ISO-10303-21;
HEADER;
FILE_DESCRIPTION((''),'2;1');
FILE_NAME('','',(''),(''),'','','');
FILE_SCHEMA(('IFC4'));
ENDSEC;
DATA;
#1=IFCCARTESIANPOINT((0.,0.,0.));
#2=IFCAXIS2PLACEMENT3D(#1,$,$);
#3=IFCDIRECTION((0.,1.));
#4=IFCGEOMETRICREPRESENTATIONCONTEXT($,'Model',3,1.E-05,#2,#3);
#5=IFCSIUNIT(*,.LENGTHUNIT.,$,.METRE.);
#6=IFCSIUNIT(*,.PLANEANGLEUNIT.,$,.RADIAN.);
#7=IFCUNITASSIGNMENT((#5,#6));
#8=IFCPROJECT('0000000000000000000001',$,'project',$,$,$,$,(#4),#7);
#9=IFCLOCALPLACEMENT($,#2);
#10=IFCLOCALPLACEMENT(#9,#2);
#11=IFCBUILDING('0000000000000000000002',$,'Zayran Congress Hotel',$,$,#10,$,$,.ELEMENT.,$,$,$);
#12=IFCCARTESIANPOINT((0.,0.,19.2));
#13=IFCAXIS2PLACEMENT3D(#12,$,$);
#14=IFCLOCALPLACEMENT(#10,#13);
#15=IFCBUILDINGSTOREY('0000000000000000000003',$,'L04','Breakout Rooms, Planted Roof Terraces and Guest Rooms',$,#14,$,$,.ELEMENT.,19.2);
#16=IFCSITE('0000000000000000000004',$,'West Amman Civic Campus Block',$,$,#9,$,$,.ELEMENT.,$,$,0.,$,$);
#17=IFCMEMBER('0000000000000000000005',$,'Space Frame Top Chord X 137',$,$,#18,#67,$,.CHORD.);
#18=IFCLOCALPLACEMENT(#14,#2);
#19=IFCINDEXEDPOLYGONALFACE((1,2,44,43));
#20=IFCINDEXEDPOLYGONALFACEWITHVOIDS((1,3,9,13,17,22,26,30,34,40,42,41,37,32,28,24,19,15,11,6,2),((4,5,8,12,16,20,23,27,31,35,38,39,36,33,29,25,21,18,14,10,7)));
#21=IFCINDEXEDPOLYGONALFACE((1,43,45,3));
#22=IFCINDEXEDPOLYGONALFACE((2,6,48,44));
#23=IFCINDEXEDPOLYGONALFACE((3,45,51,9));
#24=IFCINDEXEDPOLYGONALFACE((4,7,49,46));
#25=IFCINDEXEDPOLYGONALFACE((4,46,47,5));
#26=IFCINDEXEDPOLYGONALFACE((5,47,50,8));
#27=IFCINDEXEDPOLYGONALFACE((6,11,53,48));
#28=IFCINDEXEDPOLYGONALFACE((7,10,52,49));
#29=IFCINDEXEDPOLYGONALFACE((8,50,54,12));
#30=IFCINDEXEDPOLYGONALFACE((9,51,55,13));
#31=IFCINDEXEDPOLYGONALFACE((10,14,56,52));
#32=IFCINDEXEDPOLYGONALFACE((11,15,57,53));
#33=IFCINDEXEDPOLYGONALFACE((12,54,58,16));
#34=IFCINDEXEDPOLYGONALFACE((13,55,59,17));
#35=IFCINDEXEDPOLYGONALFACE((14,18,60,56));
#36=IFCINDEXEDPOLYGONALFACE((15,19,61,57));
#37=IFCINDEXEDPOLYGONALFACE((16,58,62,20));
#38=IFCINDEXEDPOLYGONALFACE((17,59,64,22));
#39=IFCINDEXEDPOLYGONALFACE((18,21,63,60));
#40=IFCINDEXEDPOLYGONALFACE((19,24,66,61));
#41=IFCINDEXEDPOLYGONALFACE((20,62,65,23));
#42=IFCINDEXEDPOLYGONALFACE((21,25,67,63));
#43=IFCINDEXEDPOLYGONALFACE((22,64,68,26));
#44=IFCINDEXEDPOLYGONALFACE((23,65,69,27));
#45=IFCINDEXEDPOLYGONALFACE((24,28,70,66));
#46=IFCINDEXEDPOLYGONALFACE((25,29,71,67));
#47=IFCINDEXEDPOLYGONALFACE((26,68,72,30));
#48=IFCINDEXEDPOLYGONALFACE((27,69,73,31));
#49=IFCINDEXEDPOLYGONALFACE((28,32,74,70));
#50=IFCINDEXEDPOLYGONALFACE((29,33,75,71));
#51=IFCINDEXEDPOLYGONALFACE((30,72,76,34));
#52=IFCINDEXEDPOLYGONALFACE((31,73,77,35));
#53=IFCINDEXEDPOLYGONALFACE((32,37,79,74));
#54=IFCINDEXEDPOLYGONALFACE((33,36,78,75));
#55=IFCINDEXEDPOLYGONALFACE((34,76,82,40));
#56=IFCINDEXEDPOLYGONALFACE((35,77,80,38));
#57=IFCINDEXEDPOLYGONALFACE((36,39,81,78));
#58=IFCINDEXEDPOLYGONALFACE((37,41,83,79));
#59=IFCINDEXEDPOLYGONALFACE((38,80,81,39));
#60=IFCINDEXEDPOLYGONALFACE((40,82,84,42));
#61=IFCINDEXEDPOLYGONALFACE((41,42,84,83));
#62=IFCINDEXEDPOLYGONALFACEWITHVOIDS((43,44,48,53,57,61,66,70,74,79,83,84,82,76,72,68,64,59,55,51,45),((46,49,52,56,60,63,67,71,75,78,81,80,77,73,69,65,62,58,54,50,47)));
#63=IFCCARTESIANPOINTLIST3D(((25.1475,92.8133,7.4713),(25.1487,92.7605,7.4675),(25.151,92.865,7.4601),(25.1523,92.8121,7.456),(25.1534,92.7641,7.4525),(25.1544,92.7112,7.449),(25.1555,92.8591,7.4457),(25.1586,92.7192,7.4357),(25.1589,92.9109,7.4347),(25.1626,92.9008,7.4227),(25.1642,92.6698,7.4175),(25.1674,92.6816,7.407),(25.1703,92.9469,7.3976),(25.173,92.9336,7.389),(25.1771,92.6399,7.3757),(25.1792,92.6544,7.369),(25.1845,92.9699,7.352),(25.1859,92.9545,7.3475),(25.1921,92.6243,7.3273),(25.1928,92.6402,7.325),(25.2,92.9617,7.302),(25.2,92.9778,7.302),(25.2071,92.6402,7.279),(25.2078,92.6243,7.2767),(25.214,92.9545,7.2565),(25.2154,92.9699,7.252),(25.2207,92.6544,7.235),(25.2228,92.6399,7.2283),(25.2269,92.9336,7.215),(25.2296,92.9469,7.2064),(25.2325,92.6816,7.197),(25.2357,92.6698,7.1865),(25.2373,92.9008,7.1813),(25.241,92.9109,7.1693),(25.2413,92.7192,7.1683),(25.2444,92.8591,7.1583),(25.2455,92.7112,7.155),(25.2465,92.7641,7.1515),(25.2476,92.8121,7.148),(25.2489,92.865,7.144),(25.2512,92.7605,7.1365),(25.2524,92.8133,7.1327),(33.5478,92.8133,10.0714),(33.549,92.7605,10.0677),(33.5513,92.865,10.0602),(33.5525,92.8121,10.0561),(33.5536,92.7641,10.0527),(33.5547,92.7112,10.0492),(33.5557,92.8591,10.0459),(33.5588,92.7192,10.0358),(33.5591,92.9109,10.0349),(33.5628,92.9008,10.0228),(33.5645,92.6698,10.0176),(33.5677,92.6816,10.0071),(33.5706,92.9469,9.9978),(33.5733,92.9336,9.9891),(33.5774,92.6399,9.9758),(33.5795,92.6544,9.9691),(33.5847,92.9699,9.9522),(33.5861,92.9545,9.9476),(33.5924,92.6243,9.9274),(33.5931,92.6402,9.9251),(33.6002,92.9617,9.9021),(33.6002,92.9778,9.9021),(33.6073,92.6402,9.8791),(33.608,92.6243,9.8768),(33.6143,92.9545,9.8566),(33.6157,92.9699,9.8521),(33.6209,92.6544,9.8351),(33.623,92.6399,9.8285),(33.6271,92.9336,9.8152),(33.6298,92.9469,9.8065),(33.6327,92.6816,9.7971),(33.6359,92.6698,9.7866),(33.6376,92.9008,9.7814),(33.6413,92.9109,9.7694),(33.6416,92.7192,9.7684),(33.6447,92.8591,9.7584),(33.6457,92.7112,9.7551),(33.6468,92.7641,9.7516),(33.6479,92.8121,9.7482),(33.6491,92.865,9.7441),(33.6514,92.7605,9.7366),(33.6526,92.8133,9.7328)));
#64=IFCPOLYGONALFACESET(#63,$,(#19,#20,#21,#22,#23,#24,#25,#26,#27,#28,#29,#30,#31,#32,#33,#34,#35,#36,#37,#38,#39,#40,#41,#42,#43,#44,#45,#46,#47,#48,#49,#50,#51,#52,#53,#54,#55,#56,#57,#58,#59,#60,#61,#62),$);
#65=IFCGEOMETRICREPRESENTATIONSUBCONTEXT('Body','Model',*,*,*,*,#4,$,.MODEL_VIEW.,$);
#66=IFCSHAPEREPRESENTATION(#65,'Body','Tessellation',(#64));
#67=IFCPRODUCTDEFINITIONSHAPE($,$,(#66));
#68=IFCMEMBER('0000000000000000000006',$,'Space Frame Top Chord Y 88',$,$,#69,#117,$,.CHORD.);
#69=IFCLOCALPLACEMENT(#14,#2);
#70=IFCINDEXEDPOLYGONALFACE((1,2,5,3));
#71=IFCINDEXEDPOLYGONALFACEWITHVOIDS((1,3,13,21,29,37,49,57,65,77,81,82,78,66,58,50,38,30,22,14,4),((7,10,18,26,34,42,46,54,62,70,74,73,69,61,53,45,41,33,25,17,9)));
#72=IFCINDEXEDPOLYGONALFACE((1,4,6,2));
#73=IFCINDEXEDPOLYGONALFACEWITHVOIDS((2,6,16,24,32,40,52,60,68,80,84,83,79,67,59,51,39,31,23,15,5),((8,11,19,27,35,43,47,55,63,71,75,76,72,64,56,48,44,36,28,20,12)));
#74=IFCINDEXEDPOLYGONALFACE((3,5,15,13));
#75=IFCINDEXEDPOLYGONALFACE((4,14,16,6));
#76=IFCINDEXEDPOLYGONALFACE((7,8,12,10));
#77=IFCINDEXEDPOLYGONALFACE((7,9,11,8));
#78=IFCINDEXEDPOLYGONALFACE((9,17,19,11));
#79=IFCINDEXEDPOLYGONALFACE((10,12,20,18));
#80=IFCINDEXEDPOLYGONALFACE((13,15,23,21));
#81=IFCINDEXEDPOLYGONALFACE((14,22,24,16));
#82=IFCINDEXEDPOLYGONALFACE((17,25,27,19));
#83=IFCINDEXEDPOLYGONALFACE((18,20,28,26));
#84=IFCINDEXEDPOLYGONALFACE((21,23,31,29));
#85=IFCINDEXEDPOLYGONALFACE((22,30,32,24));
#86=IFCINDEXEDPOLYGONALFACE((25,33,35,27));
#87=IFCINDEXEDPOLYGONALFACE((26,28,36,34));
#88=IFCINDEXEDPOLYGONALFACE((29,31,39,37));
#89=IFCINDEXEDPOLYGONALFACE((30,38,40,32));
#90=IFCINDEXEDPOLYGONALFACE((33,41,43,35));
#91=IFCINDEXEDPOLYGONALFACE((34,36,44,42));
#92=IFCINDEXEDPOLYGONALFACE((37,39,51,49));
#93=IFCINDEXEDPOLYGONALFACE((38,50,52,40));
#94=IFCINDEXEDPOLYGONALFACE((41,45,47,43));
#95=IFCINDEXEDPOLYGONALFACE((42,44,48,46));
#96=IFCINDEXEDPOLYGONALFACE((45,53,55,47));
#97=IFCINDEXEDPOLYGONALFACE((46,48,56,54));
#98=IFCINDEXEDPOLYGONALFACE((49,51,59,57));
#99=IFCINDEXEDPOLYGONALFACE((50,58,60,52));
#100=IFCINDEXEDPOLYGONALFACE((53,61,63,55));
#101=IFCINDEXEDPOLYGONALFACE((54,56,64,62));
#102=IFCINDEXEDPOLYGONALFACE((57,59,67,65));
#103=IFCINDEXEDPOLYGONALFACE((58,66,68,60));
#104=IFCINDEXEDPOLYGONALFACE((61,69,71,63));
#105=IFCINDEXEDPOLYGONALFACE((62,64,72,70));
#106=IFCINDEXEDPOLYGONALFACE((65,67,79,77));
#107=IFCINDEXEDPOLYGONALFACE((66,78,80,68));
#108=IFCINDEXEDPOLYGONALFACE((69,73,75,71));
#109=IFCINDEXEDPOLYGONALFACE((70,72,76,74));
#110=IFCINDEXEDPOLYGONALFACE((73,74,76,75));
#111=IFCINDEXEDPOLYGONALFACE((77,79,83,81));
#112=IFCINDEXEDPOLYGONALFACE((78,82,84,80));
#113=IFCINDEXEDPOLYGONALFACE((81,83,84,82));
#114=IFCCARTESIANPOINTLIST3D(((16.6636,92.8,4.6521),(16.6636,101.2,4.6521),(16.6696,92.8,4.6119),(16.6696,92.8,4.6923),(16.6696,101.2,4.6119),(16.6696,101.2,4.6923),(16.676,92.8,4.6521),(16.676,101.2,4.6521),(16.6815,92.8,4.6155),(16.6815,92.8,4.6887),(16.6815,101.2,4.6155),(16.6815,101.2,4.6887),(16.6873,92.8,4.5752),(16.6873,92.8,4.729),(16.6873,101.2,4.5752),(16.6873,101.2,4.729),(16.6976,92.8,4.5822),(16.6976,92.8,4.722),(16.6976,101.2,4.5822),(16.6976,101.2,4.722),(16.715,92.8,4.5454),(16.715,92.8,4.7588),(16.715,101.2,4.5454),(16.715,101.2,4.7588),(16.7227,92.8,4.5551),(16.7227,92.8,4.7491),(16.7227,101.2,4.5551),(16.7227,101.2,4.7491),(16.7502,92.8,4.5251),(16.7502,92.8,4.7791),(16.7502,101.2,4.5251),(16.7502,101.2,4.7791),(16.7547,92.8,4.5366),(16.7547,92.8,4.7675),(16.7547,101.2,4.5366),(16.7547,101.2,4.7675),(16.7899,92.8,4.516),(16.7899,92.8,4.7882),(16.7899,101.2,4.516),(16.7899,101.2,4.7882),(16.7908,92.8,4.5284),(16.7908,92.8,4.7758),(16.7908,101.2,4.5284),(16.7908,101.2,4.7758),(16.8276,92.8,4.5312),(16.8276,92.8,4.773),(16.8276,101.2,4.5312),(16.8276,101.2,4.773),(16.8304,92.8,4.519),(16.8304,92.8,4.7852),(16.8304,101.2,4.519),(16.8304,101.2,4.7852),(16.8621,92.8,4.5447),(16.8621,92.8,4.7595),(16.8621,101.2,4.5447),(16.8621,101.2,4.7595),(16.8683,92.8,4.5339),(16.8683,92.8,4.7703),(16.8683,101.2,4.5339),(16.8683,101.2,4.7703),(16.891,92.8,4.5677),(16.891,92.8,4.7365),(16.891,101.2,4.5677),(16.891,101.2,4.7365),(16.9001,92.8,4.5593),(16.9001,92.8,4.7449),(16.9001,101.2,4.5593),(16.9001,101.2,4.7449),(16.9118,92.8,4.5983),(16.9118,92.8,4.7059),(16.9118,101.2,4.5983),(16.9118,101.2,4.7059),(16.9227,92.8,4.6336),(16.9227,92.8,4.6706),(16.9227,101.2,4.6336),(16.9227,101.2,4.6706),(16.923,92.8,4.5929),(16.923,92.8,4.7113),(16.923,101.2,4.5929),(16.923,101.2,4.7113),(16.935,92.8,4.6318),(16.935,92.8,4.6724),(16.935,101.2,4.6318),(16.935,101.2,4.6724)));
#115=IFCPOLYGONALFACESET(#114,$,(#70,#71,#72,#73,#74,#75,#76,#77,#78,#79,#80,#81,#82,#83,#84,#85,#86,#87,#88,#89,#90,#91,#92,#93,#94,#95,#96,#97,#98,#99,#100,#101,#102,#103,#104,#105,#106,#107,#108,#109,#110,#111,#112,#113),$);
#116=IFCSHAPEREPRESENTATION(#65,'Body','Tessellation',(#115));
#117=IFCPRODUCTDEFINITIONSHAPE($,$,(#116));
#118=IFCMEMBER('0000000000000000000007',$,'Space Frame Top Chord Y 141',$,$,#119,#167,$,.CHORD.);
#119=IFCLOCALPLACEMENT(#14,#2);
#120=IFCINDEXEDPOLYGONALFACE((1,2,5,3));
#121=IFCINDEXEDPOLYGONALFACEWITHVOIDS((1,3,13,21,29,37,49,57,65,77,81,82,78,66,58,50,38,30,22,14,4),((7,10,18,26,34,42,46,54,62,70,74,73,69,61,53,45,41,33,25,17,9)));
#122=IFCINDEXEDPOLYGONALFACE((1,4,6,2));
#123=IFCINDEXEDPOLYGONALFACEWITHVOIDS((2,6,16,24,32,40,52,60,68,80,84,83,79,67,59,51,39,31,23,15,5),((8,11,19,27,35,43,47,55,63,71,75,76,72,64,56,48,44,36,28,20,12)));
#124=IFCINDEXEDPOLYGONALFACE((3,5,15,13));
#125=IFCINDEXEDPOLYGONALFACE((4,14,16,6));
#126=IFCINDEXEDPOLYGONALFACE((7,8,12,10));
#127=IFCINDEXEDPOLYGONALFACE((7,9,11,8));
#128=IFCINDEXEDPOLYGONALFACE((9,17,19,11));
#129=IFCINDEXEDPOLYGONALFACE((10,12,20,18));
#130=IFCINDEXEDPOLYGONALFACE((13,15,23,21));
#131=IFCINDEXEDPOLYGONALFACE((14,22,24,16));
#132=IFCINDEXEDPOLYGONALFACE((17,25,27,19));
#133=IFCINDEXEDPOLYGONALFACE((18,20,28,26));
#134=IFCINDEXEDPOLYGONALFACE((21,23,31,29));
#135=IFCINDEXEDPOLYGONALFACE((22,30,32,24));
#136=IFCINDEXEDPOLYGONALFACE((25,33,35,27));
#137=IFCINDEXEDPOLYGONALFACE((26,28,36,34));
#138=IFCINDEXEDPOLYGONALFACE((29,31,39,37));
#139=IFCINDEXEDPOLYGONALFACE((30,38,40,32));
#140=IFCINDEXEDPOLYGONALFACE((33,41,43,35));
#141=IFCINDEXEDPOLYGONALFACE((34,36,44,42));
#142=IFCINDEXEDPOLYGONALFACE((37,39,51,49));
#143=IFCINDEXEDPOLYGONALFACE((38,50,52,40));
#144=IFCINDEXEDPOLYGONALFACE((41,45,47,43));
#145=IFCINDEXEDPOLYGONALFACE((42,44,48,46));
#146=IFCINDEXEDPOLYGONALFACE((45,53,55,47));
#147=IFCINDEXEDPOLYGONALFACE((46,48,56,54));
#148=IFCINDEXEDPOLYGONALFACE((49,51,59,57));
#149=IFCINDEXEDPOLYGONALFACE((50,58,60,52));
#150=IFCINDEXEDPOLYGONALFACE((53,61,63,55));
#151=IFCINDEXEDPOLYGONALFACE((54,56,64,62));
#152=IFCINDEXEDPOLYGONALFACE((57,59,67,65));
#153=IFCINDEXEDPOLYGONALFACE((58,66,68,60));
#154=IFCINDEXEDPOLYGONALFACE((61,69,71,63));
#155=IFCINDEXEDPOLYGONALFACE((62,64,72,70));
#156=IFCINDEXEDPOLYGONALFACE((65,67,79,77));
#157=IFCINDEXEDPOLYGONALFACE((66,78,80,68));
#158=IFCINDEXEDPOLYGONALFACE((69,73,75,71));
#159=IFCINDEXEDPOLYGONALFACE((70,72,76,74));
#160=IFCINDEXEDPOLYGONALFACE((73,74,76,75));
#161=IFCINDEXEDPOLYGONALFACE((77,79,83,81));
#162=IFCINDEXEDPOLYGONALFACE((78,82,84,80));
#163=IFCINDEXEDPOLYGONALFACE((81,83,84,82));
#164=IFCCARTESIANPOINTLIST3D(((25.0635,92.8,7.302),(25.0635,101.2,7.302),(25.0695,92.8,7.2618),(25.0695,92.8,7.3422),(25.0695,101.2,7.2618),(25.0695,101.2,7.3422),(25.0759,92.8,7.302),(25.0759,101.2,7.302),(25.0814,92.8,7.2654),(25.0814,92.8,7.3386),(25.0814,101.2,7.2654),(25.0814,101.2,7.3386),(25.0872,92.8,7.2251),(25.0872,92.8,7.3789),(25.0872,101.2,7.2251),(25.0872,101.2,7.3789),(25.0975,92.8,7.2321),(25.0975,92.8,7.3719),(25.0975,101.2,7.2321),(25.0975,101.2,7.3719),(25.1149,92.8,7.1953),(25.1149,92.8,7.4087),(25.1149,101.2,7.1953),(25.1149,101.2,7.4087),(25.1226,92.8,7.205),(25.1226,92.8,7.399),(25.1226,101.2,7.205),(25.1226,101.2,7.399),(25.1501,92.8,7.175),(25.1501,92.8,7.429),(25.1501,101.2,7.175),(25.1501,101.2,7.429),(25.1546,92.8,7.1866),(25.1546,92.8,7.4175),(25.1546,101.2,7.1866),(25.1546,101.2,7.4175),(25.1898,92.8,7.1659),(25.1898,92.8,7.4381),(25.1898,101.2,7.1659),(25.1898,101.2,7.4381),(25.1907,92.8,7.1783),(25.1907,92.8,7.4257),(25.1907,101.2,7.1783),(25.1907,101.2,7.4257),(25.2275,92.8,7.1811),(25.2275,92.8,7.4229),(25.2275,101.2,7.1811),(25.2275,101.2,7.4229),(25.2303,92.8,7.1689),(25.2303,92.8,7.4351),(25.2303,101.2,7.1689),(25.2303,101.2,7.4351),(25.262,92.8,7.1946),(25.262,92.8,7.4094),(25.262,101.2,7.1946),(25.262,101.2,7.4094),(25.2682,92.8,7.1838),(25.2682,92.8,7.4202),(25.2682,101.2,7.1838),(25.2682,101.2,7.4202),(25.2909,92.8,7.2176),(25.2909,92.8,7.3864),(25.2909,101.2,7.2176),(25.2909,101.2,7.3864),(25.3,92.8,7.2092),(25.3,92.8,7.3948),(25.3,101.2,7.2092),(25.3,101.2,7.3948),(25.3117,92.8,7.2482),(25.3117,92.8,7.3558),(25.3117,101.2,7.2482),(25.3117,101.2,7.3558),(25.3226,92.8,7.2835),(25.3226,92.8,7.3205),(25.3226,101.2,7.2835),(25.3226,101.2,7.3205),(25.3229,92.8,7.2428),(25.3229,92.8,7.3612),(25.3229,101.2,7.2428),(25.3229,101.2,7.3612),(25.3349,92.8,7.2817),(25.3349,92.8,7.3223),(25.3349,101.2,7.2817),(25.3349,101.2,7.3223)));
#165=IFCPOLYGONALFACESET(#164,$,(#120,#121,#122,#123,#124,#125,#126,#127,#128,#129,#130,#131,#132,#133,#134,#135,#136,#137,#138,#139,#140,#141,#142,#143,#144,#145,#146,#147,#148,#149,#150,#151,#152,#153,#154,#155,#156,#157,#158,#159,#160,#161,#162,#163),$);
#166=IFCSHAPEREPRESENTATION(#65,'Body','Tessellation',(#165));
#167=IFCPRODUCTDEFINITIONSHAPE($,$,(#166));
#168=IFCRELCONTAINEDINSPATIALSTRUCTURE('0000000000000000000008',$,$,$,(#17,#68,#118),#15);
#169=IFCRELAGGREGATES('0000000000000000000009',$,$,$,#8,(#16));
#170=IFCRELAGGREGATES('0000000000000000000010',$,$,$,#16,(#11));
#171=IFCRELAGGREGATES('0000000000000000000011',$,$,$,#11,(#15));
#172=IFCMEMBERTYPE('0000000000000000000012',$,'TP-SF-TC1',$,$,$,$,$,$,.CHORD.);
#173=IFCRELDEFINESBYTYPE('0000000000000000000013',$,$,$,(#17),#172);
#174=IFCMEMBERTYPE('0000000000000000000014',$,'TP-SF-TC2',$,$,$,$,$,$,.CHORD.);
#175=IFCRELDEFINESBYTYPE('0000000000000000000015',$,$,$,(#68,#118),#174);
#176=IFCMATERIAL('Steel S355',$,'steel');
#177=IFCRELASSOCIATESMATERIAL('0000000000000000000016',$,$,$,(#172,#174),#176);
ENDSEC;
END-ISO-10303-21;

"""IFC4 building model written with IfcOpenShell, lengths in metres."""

from ifc_helpers import new_model, si_unit, direction, frame, origin, origin_2d, place, context, subcontext, project, spatial, hollow_circle, extrude, material, material_profile, profile_set, type_object, element, save


model = new_model("IFC4")

# Units and contexts
model_context = context("Model", 3, precision=1e-05, world=origin(), true_north=direction((0.0, 1.0)))
body_context = subcontext(model_context, "Body", "Model", "MODEL_VIEW")
ifc_project = project(units=[si_unit("LENGTHUNIT", "METRE"), si_unit("PLANEANGLEUNIT", "RADIAN")], contexts=[model_context])

# Site, building, storey
site_placement = place(None, origin())
site = spatial("IfcSite", under=ifc_project, at=site_placement, Name="West Amman Civic Campus Block", CompositionType="ELEMENT", RefElevation=0.0)
building_placement = place(site_placement, origin())
building = spatial("IfcBuilding", under=site, at=building_placement, Name="Zayran Congress Hotel", CompositionType="ELEMENT")
storey_placement = place(building_placement, frame((0.0, 0.0, 19.2)))
storey = spatial("IfcBuildingStorey", under=building, at=storey_placement, Name="L04", Description="Breakout Rooms, Planted Roof Terraces and Guest Rooms", CompositionType="ELEMENT", Elevation=19.2)

# Members
ifc_material_1 = material(Name="Steel S355", Category="steel")
ifc_material_profile_1 = material_profile(ifc_material_1, hollow_circle(Radius=0.1777, WallThickness=0.0161, at=origin_2d()), Name="CHS 355.6x16")
ifc_profile_set_1 = profile_set([ifc_material_profile_1], Name="Steel S355")
member_type_1 = type_object("IfcMemberType", Name="TP-SF-TC1", PredefinedType="CHORD", material=ifc_profile_set_1)
member_1_placement = place(storey_placement, frame((25.2, 92.8, 7.302), z_axis=(0.955284, 0.0, 0.295689), x_axis=(0.0, 1.0, 0.0)))
element("IfcMember", 1, at=member_1_placement, inside=storey, type_object=member_type_1, Name="Space Frame Top Chord X 137", PredefinedType="CHORD", context=body_context, shape_type="SweptSolid", body=[
    extrude(hollow_circle(Radius=0.1777, WallThickness=0.0161, at=origin_2d()), origin(), (0.0, 0.0, 1.0), 8.7935),
])
ifc_material_profile_2 = material_profile(ifc_material_1, hollow_circle(Radius=0.1365, WallThickness=0.0125, at=origin_2d()), Name="CHS 273x12.5")
ifc_profile_set_2 = profile_set([ifc_material_profile_2], Name="Steel S355")
member_type_2 = type_object("IfcMemberType", Name="TP-SF-TC2", PredefinedType="CHORD", material=ifc_profile_set_2)
for number, where, z_axis, x_axis, name in (
    (2, (16.8, 92.8, 4.6521), (0.0, 1.0, 0.0), (-1.0, 0.0, 0.0), "Space Frame Top Chord Y 88"),
    (3, (25.2, 92.8, 7.302), (0.0, 1.0, 0.0), (-1.0, 0.0, 0.0), "Space Frame Top Chord Y 141"),
):
    element("IfcMember", number, at=place(storey_placement, frame(where, z_axis=z_axis, x_axis=x_axis)), inside=storey, type_object=member_type_2, Name=name, PredefinedType="CHORD", context=body_context, shape_type="SweptSolid", body=[
        extrude(hollow_circle(Radius=0.1365, WallThickness=0.0125, at=origin_2d()), origin(), (0.0, 0.0, 1.0), 8.3999),
    ])

save(model, "model.ifc")
